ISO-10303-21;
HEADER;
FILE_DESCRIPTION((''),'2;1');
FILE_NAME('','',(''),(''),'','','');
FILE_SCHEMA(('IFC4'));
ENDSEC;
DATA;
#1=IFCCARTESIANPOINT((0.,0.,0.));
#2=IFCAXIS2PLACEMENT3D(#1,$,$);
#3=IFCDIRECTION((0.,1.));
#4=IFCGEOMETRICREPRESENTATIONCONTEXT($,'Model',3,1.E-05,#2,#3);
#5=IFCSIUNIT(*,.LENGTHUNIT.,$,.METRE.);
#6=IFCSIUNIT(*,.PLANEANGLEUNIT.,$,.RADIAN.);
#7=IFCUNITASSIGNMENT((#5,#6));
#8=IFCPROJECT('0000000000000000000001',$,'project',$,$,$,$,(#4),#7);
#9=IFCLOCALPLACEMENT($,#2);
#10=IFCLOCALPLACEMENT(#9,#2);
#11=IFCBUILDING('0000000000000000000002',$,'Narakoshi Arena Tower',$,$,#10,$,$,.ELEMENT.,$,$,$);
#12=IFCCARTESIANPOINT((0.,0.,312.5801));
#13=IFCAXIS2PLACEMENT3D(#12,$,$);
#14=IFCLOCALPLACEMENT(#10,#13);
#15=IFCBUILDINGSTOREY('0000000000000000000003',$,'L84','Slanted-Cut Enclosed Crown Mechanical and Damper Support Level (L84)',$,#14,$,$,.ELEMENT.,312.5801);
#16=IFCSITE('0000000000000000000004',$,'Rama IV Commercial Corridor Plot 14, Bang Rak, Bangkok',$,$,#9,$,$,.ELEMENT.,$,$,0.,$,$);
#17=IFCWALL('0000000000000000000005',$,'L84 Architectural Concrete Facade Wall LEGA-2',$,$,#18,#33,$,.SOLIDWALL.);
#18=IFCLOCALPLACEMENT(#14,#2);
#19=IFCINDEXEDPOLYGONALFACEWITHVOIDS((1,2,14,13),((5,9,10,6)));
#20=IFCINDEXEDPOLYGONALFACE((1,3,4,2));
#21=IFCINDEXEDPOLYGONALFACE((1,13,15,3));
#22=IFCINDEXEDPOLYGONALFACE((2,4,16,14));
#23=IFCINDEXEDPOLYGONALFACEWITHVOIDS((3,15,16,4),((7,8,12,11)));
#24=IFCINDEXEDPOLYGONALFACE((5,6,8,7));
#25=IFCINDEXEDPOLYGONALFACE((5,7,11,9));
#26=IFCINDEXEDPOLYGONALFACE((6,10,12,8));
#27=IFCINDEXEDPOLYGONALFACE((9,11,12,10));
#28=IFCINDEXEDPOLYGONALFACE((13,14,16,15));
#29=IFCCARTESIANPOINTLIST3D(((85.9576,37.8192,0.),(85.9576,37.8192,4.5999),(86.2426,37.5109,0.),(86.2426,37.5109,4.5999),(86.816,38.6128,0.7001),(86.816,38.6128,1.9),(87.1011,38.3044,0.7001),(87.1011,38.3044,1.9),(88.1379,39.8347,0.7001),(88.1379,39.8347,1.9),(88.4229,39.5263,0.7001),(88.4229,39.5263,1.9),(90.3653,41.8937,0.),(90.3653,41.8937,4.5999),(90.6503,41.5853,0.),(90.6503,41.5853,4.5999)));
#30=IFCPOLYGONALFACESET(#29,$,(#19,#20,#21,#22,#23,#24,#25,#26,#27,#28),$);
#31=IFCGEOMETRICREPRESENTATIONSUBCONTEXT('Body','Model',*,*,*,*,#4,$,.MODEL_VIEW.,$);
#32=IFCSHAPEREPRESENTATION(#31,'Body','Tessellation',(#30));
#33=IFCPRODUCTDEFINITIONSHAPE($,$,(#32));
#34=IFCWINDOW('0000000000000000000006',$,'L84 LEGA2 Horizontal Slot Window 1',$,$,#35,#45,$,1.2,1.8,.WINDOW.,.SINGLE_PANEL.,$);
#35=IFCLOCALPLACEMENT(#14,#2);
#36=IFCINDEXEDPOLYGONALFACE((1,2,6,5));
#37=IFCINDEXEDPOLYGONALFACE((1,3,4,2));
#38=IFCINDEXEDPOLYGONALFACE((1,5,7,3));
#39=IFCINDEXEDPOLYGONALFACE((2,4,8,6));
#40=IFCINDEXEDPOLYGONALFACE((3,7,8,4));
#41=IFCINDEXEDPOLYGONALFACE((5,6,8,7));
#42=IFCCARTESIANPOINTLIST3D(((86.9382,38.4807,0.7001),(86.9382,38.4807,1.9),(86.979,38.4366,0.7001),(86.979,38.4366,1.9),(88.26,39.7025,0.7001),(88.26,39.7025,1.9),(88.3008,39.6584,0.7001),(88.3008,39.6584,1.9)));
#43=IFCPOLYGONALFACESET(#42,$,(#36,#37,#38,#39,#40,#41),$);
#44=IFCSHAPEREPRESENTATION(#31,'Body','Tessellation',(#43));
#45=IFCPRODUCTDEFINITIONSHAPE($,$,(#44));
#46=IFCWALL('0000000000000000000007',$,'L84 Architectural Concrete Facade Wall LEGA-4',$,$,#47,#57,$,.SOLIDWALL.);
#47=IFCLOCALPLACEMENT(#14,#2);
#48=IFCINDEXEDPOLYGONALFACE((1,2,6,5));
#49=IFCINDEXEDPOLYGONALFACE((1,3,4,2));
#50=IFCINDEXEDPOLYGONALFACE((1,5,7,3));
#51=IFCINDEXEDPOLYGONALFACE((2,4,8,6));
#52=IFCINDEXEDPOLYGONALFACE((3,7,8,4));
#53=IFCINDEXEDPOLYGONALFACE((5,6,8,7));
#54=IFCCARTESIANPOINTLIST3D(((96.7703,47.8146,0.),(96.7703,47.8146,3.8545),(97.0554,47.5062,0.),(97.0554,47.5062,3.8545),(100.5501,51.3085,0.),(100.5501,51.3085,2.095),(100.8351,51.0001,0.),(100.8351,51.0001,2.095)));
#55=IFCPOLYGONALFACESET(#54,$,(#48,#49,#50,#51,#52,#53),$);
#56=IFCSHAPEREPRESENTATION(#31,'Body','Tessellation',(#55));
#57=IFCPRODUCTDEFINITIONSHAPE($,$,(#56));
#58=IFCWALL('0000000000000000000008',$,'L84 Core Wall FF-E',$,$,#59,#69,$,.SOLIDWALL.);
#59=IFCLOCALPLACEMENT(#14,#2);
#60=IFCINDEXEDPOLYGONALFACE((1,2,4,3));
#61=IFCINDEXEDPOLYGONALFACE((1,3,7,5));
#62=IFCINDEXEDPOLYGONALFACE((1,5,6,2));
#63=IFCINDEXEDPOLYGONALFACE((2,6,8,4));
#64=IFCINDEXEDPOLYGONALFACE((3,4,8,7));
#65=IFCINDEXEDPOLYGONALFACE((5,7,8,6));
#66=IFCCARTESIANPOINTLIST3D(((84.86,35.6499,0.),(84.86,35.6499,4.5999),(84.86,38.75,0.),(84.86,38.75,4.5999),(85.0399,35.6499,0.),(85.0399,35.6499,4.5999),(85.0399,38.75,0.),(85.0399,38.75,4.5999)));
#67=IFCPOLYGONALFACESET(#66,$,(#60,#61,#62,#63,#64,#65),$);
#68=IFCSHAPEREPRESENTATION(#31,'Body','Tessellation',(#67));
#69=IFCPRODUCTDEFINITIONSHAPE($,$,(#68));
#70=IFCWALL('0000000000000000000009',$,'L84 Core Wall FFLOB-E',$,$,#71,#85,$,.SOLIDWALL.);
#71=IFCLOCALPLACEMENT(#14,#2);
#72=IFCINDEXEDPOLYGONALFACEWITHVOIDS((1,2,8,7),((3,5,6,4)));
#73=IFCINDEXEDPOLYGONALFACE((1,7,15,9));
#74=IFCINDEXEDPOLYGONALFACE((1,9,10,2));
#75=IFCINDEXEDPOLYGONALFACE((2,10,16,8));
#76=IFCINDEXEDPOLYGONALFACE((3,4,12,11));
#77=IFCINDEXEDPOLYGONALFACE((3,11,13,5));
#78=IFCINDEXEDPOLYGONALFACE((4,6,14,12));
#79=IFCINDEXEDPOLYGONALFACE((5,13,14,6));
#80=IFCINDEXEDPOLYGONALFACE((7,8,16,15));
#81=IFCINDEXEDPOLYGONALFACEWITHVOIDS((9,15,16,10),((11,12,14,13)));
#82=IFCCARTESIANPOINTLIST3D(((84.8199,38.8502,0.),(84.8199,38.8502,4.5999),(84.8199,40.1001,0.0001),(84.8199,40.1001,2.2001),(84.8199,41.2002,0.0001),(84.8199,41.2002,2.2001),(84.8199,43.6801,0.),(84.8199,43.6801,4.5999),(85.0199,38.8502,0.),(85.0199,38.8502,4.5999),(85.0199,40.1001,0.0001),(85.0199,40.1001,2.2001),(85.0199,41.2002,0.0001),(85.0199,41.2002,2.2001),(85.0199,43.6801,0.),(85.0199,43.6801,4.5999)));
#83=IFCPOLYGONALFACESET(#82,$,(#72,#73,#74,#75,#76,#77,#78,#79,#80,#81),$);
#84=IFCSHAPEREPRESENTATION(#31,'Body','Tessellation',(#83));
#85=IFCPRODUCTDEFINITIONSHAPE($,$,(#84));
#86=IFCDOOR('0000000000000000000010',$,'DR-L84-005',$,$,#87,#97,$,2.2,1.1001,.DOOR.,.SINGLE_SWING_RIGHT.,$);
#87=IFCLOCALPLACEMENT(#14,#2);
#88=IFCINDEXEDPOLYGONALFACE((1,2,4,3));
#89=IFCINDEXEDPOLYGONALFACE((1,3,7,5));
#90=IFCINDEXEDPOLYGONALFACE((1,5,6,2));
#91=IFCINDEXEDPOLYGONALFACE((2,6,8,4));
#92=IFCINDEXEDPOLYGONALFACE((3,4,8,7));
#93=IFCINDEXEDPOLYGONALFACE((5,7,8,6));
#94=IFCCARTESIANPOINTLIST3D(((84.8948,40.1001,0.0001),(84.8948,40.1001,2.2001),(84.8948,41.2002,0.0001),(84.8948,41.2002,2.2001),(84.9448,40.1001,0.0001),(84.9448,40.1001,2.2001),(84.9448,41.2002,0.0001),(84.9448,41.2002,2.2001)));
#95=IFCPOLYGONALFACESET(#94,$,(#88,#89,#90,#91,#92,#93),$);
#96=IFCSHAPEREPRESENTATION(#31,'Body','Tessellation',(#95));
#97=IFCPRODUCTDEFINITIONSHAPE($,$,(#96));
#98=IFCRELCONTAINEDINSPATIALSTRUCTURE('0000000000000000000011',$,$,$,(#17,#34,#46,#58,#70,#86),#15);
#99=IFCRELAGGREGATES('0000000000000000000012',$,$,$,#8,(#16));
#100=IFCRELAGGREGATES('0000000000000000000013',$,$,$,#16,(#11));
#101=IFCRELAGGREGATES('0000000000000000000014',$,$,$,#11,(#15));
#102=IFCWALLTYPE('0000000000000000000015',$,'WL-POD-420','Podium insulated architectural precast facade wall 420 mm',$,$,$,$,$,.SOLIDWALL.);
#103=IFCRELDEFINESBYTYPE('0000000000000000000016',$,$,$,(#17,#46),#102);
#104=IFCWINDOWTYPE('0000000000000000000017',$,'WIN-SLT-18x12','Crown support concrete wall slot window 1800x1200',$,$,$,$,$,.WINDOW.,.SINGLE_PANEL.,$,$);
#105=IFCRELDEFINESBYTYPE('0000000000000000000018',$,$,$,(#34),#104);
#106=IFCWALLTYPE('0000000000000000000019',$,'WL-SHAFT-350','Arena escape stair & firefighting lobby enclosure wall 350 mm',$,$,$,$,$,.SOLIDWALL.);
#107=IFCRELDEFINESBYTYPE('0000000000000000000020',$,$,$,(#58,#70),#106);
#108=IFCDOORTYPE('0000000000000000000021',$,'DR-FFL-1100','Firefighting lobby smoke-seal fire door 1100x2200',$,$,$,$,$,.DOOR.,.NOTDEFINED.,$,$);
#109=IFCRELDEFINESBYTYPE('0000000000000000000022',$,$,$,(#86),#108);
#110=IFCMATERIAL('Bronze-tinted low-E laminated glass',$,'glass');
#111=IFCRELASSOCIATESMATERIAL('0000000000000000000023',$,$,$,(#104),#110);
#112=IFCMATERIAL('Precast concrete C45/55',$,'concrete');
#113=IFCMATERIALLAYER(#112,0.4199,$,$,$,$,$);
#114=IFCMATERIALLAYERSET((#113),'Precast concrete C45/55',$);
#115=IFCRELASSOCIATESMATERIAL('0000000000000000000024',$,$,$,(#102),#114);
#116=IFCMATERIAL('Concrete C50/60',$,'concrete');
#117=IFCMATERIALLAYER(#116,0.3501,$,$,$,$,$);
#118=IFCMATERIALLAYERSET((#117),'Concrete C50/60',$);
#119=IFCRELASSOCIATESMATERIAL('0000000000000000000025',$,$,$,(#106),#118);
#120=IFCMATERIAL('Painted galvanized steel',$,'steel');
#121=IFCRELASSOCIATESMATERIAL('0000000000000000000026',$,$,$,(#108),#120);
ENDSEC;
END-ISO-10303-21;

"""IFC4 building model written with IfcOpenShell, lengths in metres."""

from ifc_helpers import new_model, si_unit, direction, frame, frame_2d, origin, place, context, subcontext, project, spatial, polyline, rectangle, outline, extrude, material, layer, layer_set, type_object, element, fill, save


model = new_model("IFC4")

# Units and contexts
model_context = context("Model", 3, precision=1e-05, world=origin(), true_north=direction((0.0, 1.0)))
body_context = subcontext(model_context, "Body", "Model", "MODEL_VIEW")
ifc_project = project(units=[si_unit("LENGTHUNIT", "METRE"), si_unit("PLANEANGLEUNIT", "RADIAN")], contexts=[model_context])

# Site, building, storey
site_placement = place(None, origin())
site = spatial("IfcSite", under=ifc_project, at=site_placement, Name="Rama IV Commercial Corridor Plot 14, Bang Rak, Bangkok", CompositionType="ELEMENT", RefElevation=0.0)
building_placement = place(site_placement, origin())
building = spatial("IfcBuilding", under=site, at=building_placement, Name="Narakoshi Arena Tower", CompositionType="ELEMENT")
storey_placement = place(building_placement, frame((0.0, 0.0, 312.5801)))
storey = spatial("IfcBuildingStorey", under=building, at=storey_placement, Name="L84", Description="Slanted-Cut Enclosed Crown Mechanical and Damper Support Level (L84)", CompositionType="ELEMENT", Elevation=312.5801)

# Shared definitions
ifc_material_1 = material(Name="Bronze-tinted low-E laminated glass", Category="glass")

# Shared definitions
ifc_material_2 = material(Name="Concrete C50/60", Category="concrete")

# Shared definitions
ifc_material_3 = material(Name="Painted galvanized steel", Category="steel")

# Shared definitions
window_type = type_object("IfcWindowType", Name="WIN-SLT-18x12", Description="Crown support concrete wall slot window 1800x1200", PartitioningType="SINGLE_PANEL", PredefinedType="WINDOW", material=ifc_material_1)

# Shared definitions
ifc_material_4 = material(Name="Precast concrete C45/55", Category="concrete")

# Wall, opening, window
ifc_layer_1 = layer(ifc_material_4, 0.4199)
ifc_layer_set_1 = layer_set([ifc_layer_1], Name="Precast concrete C45/55")
wall_type_1 = type_object("IfcWallType", Name="WL-POD-420", Description="Podium insulated architectural precast facade wall 420 mm", PredefinedType="SOLIDWALL", material=ifc_layer_set_1)
wall_1_placement = place(storey_placement, frame((86.1001, 37.665, 0.0), z_axis=(0.0, 0.0, 1.0), x_axis=(0.734321, 0.678802, 0.0)))
wall_1 = element("IfcWall", 1, at=wall_1_placement, inside=storey, type_object=wall_type_1, Name="L84 Architectural Concrete Facade Wall LEGA-2", PredefinedType="SOLIDWALL", context=body_context, shape_type="SweptSolid", body=[
    extrude(outline(polyline([(0.0, 0.0), (6.0024, 0.0), (6.0024, 4.5999), (0.0, 4.5999), (0.0, 0.0)])), frame((0.0, 0.21, 0.0), z_axis=(0.0, -1.0, 0.0), x_axis=(1.0, 0.0, 0.0)), (0.0, 0.0, 1.0), 0.4199),
])
opening_1_placement = place(wall_1_placement, frame((1.1692, 0.0, 0.7)))
opening_1 = element("IfcOpeningElement", 2, at=opening_1_placement, cuts=wall_1, PredefinedType="OPENING", context=body_context, shape_type="SweptSolid", body=[
    extrude(rectangle(XDim=1.8, YDim=1.2, at=frame_2d((0.8999, 0.6001))), frame((0.0, 0.22, 0.0), z_axis=(0.0, -1.0, 0.0), x_axis=(1.0, 0.0, 0.0)), (0.0, 0.0, 1.0), 0.4399),
])
window_1_placement = place(opening_1_placement, origin())
window_1 = element("IfcWindow", 3, at=window_1_placement, inside=storey, type_object=window_type, Name="L84 LEGA2 Horizontal Slot Window 1", OverallHeight=1.2, OverallWidth=1.8, PartitioningType="SINGLE_PANEL", PredefinedType="WINDOW", context=body_context, shape_type="SweptSolid", body=[
    extrude(rectangle(XDim=1.8, YDim=1.2, at=frame_2d((0.8999, 0.6001))), frame((0.0, 0.03, 0.0), z_axis=(0.0, -1.0, 0.0), x_axis=(1.0, 0.0, 0.0)), (0.0, 0.0, 1.0), 0.0601),
])
fill(opening_1, window_1)

# Walls
wall_2_placement = place(storey_placement, frame((96.9128, 47.6604, 0.0), z_axis=(0.0, 0.0, 1.0), x_axis=(0.734332, 0.67879, 0.0)))
element("IfcWall", 4, at=wall_2_placement, inside=storey, type_object=wall_type_1, Name="L84 Architectural Concrete Facade Wall LEGA-4", PredefinedType="SOLIDWALL", context=body_context, shape_type="SweptSolid", body=[
    extrude(outline(polyline([(0.0, 0.0), (5.1472, 0.0), (5.1472, 2.095), (0.0, 3.8545), (0.0, 0.0)])), frame((0.0, 0.21, 0.0), z_axis=(0.0, -1.0, 0.0), x_axis=(1.0, 0.0, 0.0)), (0.0, 0.0, 1.0), 0.4199),
])
ifc_layer_2 = layer(ifc_material_2, 0.3501)
ifc_layer_set_2 = layer_set([ifc_layer_2], Name="Concrete C50/60")
wall_type_2 = type_object("IfcWallType", Name="WL-SHAFT-350", Description="Arena escape stair & firefighting lobby enclosure wall 350 mm", PredefinedType="SOLIDWALL", material=ifc_layer_set_2)
wall_3_placement = place(storey_placement, frame((84.95, 35.6499, 0.0), z_axis=(0.0, 0.0, 1.0), x_axis=(0.0, 1.0, 0.0)))
element("IfcWall", 5, at=wall_3_placement, inside=storey, type_object=wall_type_2, Name="L84 Core Wall FF-E", PredefinedType="SOLIDWALL", context=body_context, shape_type="SweptSolid", body=[
    extrude(rectangle(XDim=3.1001, YDim=0.1799, at=frame_2d((1.55, 0.0))), origin(), (0.0, 0.0, 1.0), 4.5999),
])

# Wall, opening, door
wall_4_placement = place(storey_placement, frame((84.9199, 38.8501, 0.0), z_axis=(0.0, 0.0, 1.0), x_axis=(0.0, 1.0, 0.0)))
wall_4 = element("IfcWall", 6, at=wall_4_placement, inside=storey, type_object=wall_type_2, Name="L84 Core Wall FFLOB-E", PredefinedType="SOLIDWALL", context=body_context, shape_type="SweptSolid", body=[
    extrude(rectangle(XDim=4.8298, YDim=0.2, at=frame_2d((2.415, 0.0))), origin(), (0.0, 0.0, 1.0), 4.5999),
])
opening_2_placement = place(wall_4_placement, frame((1.25, 0.0, 0.0)))
opening_2 = element("IfcOpeningElement", 7, at=opening_2_placement, cuts=wall_4, PredefinedType="OPENING", context=body_context, shape_type="SweptSolid", body=[
    extrude(rectangle(XDim=1.1001, YDim=2.2, at=frame_2d((0.55, 1.1001))), frame((0.0, 0.1099, 0.0), z_axis=(0.0, -1.0, 0.0), x_axis=(1.0, 0.0, 0.0)), (0.0, 0.0, 1.0), 0.22),
])
door_type_1 = type_object("IfcDoorType", Name="DR-FFL-1100", Description="Firefighting lobby smoke-seal fire door 1100x2200", OperationType="NOTDEFINED", PredefinedType="DOOR", material=ifc_material_3)
door_1_placement = place(opening_2_placement, frame((1.1001, 0.0, 0.0), z_axis=(0.0, 0.0, 1.0), x_axis=(-1.0, 0.0, 0.0)))
door_1 = element("IfcDoor", 8, at=door_1_placement, inside=storey, type_object=door_type_1, Name="DR-L84-005", OperationType="SINGLE_SWING_RIGHT", OverallHeight=2.2, OverallWidth=1.1001, PredefinedType="DOOR", context=body_context, shape_type="SweptSolid", body=[
    extrude(rectangle(XDim=1.1001, YDim=2.2, at=frame_2d((0.55, 1.1001))), frame((0.0, 0.0249, 0.0), z_axis=(0.0, -1.0, 0.0), x_axis=(1.0, 0.0, 0.0)), (0.0, 0.0, 1.0), 0.05),
])
fill(opening_2, door_1)

save(model, "model.ifc")
